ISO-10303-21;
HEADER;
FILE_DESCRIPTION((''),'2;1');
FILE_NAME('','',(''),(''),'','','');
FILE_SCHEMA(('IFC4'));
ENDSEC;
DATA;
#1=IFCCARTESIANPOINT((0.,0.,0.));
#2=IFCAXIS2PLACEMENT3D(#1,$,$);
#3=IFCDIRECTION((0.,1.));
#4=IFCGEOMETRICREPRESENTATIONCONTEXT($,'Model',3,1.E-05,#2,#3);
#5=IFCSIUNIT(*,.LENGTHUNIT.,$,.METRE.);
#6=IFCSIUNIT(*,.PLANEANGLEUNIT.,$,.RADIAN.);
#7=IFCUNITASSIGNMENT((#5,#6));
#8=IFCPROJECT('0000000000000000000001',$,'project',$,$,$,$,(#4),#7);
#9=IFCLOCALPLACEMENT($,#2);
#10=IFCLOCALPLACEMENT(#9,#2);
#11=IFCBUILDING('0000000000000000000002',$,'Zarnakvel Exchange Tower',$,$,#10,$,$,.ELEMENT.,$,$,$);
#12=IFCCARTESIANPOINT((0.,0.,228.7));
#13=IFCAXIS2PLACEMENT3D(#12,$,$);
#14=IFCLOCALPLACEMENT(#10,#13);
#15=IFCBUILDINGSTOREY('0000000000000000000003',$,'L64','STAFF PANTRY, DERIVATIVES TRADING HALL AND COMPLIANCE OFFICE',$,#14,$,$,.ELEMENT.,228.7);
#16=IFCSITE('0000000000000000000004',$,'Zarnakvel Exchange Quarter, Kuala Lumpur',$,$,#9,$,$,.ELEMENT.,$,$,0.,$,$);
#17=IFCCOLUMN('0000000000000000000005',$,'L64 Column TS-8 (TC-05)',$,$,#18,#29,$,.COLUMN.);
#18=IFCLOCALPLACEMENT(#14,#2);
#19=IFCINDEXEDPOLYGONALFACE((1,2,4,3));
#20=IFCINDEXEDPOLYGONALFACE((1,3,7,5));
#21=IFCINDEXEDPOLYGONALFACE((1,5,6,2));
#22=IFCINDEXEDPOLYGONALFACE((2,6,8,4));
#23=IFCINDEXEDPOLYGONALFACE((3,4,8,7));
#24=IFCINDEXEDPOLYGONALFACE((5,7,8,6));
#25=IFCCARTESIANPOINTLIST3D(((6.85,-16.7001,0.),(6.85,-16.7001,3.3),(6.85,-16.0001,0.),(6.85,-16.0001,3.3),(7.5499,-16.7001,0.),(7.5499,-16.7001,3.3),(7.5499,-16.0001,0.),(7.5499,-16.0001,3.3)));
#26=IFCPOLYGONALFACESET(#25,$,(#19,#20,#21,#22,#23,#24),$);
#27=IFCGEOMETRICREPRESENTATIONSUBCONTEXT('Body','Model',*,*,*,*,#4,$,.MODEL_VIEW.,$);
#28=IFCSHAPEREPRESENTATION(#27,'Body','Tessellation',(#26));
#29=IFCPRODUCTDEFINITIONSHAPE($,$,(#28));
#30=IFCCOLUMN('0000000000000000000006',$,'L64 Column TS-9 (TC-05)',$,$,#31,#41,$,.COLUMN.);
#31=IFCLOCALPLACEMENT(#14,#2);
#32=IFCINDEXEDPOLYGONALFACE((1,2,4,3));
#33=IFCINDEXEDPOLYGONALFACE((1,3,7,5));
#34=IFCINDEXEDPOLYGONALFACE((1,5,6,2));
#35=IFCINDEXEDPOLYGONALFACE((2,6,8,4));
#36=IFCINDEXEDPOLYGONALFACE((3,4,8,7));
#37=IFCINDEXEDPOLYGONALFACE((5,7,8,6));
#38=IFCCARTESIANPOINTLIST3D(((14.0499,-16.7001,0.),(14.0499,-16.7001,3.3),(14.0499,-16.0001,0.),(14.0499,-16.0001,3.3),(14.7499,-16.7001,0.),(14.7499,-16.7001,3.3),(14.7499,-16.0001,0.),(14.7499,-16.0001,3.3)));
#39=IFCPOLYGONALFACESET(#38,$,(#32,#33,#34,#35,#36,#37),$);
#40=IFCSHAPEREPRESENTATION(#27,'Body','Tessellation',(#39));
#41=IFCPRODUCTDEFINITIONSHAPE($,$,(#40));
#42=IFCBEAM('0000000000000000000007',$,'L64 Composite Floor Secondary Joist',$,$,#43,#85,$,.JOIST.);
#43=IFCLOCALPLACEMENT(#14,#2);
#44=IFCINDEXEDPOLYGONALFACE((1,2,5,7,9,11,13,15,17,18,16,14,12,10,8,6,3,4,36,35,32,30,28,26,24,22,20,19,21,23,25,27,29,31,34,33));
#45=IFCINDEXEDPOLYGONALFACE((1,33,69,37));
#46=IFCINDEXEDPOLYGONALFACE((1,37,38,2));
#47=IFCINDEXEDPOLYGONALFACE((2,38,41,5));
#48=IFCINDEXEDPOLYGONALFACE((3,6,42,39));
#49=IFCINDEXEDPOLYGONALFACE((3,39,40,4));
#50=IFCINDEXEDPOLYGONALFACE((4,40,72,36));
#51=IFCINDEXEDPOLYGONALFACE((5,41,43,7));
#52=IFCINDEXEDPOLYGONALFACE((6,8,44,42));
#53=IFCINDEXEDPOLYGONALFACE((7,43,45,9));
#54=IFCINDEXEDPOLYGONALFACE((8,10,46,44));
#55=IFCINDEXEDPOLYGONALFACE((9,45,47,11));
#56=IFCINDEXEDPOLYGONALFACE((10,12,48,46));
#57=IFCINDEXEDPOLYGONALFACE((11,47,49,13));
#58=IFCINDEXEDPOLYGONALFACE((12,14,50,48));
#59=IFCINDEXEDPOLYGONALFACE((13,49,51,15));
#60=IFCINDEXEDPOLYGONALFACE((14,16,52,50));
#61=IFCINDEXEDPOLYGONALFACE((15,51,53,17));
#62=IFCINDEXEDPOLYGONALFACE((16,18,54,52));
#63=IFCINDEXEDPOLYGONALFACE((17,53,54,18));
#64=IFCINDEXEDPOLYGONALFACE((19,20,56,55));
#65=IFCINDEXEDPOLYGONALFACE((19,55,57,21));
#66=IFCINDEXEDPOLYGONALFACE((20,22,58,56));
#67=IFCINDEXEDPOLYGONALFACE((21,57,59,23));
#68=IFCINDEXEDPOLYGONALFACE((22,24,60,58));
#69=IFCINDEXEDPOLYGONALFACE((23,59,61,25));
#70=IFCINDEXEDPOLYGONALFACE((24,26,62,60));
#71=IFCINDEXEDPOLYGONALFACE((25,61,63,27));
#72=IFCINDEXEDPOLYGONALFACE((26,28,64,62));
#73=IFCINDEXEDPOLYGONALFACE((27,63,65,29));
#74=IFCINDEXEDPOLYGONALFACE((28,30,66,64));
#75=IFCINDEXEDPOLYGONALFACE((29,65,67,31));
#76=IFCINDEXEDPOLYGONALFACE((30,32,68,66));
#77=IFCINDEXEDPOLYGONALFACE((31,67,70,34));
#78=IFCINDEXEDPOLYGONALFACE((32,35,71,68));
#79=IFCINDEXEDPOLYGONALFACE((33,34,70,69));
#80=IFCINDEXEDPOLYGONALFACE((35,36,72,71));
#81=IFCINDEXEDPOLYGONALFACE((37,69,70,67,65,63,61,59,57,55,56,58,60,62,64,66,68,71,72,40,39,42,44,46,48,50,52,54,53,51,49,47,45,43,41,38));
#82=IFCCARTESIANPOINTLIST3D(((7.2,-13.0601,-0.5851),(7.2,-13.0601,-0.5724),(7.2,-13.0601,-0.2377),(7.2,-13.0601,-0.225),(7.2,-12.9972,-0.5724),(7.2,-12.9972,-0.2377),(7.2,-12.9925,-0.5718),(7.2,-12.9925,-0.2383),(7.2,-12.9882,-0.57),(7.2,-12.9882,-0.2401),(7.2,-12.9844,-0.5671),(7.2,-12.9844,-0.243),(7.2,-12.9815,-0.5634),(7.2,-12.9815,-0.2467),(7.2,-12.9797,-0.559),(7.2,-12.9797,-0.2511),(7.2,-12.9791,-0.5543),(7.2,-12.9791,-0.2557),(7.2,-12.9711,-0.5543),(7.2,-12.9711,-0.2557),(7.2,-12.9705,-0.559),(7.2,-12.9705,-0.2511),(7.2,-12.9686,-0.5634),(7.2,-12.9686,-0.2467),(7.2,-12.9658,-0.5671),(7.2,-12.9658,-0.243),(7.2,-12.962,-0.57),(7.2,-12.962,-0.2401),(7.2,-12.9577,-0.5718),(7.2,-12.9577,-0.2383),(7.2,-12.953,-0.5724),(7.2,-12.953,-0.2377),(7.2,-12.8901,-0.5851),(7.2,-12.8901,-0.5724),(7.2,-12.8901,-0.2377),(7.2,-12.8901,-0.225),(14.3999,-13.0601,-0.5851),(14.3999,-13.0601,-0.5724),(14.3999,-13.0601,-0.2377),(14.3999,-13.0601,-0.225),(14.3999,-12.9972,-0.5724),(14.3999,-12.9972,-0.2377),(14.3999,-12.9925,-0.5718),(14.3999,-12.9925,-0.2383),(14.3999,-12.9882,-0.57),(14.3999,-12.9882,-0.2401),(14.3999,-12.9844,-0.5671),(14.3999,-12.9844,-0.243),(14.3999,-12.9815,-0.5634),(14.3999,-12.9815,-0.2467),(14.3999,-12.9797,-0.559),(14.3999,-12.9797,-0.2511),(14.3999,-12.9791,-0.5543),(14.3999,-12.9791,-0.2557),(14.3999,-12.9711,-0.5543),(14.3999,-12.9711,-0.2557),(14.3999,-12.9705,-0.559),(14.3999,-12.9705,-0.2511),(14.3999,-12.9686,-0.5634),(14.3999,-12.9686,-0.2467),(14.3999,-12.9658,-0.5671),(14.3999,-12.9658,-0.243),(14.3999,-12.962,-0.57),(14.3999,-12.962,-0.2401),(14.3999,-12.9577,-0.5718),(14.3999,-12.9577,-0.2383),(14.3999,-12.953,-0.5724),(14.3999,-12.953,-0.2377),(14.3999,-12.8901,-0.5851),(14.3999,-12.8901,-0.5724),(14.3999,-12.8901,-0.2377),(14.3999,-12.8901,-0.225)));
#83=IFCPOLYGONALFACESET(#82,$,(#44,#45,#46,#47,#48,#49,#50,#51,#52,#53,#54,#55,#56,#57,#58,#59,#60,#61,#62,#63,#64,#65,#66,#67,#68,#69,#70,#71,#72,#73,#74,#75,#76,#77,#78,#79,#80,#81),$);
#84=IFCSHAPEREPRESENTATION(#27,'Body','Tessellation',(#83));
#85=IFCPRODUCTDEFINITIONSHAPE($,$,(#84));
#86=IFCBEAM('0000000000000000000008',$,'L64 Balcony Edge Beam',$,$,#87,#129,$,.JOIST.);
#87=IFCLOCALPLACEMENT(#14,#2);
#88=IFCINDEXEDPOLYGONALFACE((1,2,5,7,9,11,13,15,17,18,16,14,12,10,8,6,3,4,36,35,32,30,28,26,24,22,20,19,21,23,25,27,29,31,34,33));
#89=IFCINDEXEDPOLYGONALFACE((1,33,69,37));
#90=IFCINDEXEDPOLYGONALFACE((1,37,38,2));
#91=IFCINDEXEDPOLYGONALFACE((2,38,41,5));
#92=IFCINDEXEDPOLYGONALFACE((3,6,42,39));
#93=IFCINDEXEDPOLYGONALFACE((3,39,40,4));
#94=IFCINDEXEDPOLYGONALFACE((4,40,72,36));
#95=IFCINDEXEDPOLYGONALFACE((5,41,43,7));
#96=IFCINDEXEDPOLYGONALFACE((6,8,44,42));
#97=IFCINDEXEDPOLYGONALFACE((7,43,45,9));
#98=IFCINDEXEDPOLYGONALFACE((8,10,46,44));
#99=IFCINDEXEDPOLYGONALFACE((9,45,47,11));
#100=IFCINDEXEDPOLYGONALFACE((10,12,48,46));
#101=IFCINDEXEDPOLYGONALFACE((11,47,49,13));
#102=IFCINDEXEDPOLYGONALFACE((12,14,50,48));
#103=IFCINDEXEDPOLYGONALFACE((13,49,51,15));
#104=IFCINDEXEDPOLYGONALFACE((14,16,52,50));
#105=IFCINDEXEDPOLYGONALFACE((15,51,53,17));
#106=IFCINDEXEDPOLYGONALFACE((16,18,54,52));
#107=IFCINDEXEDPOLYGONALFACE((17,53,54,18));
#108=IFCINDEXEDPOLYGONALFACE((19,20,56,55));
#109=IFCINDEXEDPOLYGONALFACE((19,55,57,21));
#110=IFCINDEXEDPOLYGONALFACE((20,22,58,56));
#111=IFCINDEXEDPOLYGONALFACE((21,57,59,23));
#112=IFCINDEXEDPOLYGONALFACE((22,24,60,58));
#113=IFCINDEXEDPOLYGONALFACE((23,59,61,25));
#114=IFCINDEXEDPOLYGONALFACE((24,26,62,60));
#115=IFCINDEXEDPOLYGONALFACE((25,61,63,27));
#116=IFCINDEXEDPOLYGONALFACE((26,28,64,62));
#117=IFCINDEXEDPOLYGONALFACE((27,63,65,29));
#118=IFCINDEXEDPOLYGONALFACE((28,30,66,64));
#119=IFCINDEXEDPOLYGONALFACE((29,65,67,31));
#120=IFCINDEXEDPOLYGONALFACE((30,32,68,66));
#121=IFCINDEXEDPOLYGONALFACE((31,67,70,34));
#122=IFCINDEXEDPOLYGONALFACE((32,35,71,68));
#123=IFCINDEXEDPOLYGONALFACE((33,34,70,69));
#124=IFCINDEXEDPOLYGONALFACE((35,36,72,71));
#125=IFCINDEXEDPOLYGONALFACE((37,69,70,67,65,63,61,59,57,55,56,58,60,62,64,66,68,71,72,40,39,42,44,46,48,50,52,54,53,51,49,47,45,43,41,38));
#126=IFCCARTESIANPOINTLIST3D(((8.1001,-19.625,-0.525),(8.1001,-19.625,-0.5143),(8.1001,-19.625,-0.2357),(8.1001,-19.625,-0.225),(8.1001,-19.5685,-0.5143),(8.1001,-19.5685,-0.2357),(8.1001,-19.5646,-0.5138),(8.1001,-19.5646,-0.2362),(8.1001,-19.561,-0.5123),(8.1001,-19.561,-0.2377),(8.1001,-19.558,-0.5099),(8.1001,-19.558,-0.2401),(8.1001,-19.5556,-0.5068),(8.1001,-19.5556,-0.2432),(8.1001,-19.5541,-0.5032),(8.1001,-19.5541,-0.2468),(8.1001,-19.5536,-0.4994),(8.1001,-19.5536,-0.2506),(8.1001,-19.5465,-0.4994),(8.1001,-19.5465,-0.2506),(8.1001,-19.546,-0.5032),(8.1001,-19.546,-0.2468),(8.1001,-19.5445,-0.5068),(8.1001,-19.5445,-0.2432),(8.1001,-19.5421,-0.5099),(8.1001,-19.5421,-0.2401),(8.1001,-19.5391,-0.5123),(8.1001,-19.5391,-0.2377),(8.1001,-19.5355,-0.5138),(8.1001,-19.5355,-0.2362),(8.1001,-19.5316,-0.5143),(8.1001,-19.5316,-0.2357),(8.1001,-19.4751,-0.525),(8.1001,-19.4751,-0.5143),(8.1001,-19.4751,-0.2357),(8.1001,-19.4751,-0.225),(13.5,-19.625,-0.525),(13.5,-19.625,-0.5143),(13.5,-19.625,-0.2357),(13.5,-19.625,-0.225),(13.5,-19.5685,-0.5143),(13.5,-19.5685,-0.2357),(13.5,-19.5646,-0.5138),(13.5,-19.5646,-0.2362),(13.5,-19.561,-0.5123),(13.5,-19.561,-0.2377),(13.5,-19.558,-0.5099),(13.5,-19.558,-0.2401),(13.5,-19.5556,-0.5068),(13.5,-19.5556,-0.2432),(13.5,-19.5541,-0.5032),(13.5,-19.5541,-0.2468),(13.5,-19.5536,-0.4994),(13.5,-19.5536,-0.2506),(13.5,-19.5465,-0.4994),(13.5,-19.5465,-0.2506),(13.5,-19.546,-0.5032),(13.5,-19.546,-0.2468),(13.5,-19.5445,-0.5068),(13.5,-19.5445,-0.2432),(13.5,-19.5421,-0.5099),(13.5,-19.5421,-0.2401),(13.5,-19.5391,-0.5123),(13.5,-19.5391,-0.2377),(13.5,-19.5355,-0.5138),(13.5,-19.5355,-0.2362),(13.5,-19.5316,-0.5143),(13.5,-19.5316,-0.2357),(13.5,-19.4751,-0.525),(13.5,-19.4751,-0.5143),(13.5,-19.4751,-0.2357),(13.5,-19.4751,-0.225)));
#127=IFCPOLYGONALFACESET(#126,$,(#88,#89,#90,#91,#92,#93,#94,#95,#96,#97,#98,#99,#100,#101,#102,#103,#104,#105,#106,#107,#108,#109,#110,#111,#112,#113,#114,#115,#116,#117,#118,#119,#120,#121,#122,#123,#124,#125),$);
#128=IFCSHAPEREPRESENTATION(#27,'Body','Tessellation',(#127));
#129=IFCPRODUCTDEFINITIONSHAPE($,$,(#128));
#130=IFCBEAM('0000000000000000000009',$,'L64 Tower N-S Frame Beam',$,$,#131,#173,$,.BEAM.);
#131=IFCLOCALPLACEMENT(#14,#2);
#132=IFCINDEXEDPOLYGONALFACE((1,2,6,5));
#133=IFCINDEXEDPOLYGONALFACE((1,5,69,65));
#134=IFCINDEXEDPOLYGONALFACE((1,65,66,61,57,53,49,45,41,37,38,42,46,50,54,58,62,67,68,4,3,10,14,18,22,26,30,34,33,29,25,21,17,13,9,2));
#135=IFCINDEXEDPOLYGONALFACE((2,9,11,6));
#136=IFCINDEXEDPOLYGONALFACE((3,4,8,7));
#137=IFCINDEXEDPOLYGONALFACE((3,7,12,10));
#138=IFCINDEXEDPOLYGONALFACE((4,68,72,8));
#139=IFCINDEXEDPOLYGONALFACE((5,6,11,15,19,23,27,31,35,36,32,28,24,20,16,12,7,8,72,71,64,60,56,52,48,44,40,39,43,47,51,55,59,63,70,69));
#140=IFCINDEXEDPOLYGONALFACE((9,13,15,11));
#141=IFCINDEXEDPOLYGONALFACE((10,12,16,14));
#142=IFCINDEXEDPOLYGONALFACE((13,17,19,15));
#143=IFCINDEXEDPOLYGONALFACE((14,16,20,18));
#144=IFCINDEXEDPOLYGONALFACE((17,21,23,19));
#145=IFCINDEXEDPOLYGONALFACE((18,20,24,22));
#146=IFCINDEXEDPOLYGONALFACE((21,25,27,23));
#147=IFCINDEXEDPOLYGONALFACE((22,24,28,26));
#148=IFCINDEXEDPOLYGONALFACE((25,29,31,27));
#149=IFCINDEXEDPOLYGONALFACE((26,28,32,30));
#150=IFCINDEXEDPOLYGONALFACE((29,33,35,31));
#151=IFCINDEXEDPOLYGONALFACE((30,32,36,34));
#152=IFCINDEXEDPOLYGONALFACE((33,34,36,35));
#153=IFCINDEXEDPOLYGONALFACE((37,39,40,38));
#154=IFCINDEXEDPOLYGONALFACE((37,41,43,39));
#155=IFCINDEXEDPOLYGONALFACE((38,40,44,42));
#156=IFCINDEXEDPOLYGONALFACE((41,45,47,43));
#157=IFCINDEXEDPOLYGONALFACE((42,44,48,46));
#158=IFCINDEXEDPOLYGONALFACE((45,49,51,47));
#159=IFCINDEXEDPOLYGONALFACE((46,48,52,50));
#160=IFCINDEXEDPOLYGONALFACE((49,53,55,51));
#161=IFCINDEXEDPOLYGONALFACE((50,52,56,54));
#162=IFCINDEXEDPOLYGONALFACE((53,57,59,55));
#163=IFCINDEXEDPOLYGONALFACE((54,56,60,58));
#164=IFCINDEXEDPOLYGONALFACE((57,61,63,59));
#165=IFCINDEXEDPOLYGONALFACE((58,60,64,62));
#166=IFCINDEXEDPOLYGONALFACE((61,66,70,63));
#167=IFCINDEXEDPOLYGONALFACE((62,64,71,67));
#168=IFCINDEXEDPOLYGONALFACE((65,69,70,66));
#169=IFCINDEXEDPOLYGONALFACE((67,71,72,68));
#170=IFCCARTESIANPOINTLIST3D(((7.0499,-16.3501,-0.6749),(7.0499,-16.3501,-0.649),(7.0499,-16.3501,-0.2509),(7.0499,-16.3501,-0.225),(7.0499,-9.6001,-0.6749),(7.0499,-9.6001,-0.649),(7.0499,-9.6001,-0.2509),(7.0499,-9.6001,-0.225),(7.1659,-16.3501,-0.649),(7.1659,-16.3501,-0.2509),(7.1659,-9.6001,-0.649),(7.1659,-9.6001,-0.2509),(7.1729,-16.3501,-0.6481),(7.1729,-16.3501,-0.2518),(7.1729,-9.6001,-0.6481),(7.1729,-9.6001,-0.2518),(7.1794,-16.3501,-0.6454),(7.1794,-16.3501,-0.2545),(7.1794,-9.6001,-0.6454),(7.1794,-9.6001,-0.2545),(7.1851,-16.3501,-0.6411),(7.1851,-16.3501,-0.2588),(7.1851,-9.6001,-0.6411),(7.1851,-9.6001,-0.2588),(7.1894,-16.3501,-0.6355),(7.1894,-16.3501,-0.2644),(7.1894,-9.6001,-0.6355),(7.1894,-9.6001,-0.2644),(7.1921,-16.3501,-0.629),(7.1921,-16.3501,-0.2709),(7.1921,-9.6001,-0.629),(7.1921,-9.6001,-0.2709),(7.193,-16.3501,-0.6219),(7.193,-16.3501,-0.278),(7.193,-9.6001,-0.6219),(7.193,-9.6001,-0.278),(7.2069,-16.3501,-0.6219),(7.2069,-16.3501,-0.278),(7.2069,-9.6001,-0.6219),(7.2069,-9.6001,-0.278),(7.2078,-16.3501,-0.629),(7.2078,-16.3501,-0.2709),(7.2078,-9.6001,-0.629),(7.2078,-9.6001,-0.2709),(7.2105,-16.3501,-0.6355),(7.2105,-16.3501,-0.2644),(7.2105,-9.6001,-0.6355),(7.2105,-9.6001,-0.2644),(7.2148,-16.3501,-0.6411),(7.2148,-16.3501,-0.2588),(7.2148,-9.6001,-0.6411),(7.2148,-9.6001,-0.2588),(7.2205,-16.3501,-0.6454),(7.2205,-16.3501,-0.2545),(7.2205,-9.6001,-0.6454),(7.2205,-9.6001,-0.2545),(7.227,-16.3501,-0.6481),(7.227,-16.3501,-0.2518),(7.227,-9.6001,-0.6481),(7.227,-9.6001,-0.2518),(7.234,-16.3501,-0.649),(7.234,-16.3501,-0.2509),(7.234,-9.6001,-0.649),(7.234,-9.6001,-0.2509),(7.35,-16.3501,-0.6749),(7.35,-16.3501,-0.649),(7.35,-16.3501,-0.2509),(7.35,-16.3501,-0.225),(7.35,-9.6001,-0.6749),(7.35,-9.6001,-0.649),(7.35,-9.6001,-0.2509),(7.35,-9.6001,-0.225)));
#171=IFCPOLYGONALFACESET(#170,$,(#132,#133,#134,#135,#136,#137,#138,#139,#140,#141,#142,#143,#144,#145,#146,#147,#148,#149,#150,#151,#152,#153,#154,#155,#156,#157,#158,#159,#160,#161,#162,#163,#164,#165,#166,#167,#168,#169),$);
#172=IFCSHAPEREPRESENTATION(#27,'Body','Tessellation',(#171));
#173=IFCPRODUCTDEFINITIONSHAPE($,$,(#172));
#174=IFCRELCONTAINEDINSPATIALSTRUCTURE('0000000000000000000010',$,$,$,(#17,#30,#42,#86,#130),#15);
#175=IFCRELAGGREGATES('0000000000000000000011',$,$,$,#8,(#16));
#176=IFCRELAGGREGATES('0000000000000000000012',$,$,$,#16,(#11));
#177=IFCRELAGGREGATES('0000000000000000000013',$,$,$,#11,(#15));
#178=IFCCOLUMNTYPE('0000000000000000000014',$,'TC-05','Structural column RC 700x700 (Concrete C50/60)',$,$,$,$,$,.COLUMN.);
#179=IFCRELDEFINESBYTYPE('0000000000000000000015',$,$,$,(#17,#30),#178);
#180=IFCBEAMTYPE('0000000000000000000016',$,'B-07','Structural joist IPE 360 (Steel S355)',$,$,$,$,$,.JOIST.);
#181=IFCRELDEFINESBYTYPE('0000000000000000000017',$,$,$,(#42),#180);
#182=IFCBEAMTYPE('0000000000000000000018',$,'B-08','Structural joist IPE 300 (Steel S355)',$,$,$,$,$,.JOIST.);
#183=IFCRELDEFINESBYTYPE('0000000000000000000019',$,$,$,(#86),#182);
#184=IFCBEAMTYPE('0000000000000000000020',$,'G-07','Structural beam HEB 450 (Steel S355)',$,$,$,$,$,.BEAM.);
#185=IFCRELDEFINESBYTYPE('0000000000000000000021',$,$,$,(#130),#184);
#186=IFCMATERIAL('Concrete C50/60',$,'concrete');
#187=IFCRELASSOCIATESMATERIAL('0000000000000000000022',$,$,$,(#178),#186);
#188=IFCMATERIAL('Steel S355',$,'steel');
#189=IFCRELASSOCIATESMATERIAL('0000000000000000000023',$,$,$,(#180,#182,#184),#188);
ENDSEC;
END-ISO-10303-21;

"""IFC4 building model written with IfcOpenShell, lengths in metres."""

from ifc_helpers import new_model, si_unit, direction, frame, origin, origin_2d, place, context, subcontext, project, spatial, rectangle, i_section, extrude, material, material_profile, profile_set, type_object, element, save


model = new_model("IFC4")

# Units and contexts
model_context = context("Model", 3, precision=1e-05, world=origin(), true_north=direction((0.0, 1.0)))
body_context = subcontext(model_context, "Body", "Model", "MODEL_VIEW")
ifc_project = project(units=[si_unit("LENGTHUNIT", "METRE"), si_unit("PLANEANGLEUNIT", "RADIAN")], contexts=[model_context])

# Site, building, storey
site_placement = place(None, origin())
site = spatial("IfcSite", under=ifc_project, at=site_placement, Name="Zarnakvel Exchange Quarter, Kuala Lumpur", CompositionType="ELEMENT", RefElevation=0.0)
building_placement = place(site_placement, origin())
building = spatial("IfcBuilding", under=site, at=building_placement, Name="Zarnakvel Exchange Tower", CompositionType="ELEMENT")
storey_placement = place(building_placement, frame((0.0, 0.0, 228.7)))
storey = spatial("IfcBuildingStorey", under=building, at=storey_placement, Name="L64", Description="STAFF PANTRY, DERIVATIVES TRADING HALL AND COMPLIANCE OFFICE", CompositionType="ELEMENT", Elevation=228.7)

# Columns
ifc_material_1 = material(Name="Concrete C50/60", Category="concrete")
ifc_material_profile_1 = material_profile(ifc_material_1, rectangle(XDim=0.7, YDim=0.7, at=origin_2d()))
ifc_profile_set_1 = profile_set([ifc_material_profile_1], Name="Concrete C50/60")
column_type = type_object("IfcColumnType", Name="TC-05", Description="Structural column RC 700x700 (Concrete C50/60)", PredefinedType="COLUMN", material=ifc_profile_set_1)
for number, where, z_axis, x_axis, name in (
    (1, (7.2, -16.3501, 0.0), (0.0, 0.0, 1.0), (1.0, 0.0, 0.0), "L64 Column TS-8 (TC-05)"),
    (2, (14.3999, -16.3501, 0.0), (0.0, 0.0, 1.0), (1.0, 0.0, 0.0), "L64 Column TS-9 (TC-05)"),
):
    element("IfcColumn", number, at=place(storey_placement, frame(where, z_axis=z_axis, x_axis=x_axis)), inside=storey, type_object=column_type, Name=name, PredefinedType="COLUMN", context=body_context, shape_type="SweptSolid", body=[
        extrude(rectangle(XDim=0.7, YDim=0.7, at=origin_2d()), origin(), (0.0, 0.0, 1.0), 3.3),
    ])

# Beams
ifc_material_2 = material(Name="Steel S355", Category="steel")
ifc_material_profile_2 = material_profile(ifc_material_2, i_section(OverallWidth=0.1699, OverallDepth=0.3601, WebThickness=0.0081, FlangeThickness=0.0127, FilletRadius=0.0181, at=origin_2d()))
ifc_profile_set_2 = profile_set([ifc_material_profile_2], Name="Steel S355")
beam_type_1 = type_object("IfcBeamType", Name="B-07", Description="Structural joist IPE 360 (Steel S355)", PredefinedType="JOIST", material=ifc_profile_set_2)
beam_1_placement = place(storey_placement, frame((7.2, -12.9751, -0.405), z_axis=(1.0, 0.0, 0.0), x_axis=(0.0, 1.0, 0.0)))
element("IfcBeam", 3, at=beam_1_placement, inside=storey, type_object=beam_type_1, Name="L64 Composite Floor Secondary Joist", PredefinedType="JOIST", context=body_context, shape_type="SweptSolid", body=[
    extrude(i_section(OverallWidth=0.1699, OverallDepth=0.3601, WebThickness=0.0081, FlangeThickness=0.0127, FilletRadius=0.0181, at=origin_2d()), origin(), (0.0, 0.0, 1.0), 7.2),
])
ifc_material_profile_3 = material_profile(ifc_material_2, i_section(OverallWidth=0.1499, OverallDepth=0.3, WebThickness=0.0071, FlangeThickness=0.0107, FilletRadius=0.0149, at=origin_2d()))
ifc_profile_set_3 = profile_set([ifc_material_profile_3], Name="Steel S355")
beam_type_2 = type_object("IfcBeamType", Name="B-08", Description="Structural joist IPE 300 (Steel S355)", PredefinedType="JOIST", material=ifc_profile_set_3)
beam_2_placement = place(storey_placement, frame((8.1001, -19.55, -0.375), z_axis=(1.0, 0.0, 0.0), x_axis=(0.0, 1.0, 0.0)))
element("IfcBeam", 4, at=beam_2_placement, inside=storey, type_object=beam_type_2, Name="L64 Balcony Edge Beam", PredefinedType="JOIST", context=body_context, shape_type="SweptSolid", body=[
    extrude(i_section(OverallWidth=0.1499, OverallDepth=0.3, WebThickness=0.0071, FlangeThickness=0.0107, FilletRadius=0.0149, at=origin_2d()), origin(), (0.0, 0.0, 1.0), 5.3999),
])
ifc_material_profile_4 = material_profile(ifc_material_2, i_section(OverallWidth=0.3, OverallDepth=0.45, WebThickness=0.0139, FlangeThickness=0.0259, FilletRadius=0.0271, at=origin_2d()))
ifc_profile_set_4 = profile_set([ifc_material_profile_4], Name="Steel S355")
beam_type_3 = type_object("IfcBeamType", Name="G-07", Description="Structural beam HEB 450 (Steel S355)", PredefinedType="BEAM", material=ifc_profile_set_4)
for number, where, z_axis, x_axis, name in (
    (5, (7.2, -16.3501, -0.45), (0.0, 1.0, 0.0), (-1.0, 0.0, 0.0), "L64 Tower N-S Frame Beam"),
):
    element("IfcBeam", number, at=place(storey_placement, frame(where, z_axis=z_axis, x_axis=x_axis)), inside=storey, type_object=beam_type_3, Name=name, PredefinedType="BEAM", context=body_context, shape_type="SweptSolid", body=[
        extrude(i_section(OverallWidth=0.3, OverallDepth=0.45, WebThickness=0.0139, FlangeThickness=0.0259, FilletRadius=0.0271, at=origin_2d()), origin(), (0.0, 0.0, 1.0), 6.75),
    ])

save(model, "model.ifc")
